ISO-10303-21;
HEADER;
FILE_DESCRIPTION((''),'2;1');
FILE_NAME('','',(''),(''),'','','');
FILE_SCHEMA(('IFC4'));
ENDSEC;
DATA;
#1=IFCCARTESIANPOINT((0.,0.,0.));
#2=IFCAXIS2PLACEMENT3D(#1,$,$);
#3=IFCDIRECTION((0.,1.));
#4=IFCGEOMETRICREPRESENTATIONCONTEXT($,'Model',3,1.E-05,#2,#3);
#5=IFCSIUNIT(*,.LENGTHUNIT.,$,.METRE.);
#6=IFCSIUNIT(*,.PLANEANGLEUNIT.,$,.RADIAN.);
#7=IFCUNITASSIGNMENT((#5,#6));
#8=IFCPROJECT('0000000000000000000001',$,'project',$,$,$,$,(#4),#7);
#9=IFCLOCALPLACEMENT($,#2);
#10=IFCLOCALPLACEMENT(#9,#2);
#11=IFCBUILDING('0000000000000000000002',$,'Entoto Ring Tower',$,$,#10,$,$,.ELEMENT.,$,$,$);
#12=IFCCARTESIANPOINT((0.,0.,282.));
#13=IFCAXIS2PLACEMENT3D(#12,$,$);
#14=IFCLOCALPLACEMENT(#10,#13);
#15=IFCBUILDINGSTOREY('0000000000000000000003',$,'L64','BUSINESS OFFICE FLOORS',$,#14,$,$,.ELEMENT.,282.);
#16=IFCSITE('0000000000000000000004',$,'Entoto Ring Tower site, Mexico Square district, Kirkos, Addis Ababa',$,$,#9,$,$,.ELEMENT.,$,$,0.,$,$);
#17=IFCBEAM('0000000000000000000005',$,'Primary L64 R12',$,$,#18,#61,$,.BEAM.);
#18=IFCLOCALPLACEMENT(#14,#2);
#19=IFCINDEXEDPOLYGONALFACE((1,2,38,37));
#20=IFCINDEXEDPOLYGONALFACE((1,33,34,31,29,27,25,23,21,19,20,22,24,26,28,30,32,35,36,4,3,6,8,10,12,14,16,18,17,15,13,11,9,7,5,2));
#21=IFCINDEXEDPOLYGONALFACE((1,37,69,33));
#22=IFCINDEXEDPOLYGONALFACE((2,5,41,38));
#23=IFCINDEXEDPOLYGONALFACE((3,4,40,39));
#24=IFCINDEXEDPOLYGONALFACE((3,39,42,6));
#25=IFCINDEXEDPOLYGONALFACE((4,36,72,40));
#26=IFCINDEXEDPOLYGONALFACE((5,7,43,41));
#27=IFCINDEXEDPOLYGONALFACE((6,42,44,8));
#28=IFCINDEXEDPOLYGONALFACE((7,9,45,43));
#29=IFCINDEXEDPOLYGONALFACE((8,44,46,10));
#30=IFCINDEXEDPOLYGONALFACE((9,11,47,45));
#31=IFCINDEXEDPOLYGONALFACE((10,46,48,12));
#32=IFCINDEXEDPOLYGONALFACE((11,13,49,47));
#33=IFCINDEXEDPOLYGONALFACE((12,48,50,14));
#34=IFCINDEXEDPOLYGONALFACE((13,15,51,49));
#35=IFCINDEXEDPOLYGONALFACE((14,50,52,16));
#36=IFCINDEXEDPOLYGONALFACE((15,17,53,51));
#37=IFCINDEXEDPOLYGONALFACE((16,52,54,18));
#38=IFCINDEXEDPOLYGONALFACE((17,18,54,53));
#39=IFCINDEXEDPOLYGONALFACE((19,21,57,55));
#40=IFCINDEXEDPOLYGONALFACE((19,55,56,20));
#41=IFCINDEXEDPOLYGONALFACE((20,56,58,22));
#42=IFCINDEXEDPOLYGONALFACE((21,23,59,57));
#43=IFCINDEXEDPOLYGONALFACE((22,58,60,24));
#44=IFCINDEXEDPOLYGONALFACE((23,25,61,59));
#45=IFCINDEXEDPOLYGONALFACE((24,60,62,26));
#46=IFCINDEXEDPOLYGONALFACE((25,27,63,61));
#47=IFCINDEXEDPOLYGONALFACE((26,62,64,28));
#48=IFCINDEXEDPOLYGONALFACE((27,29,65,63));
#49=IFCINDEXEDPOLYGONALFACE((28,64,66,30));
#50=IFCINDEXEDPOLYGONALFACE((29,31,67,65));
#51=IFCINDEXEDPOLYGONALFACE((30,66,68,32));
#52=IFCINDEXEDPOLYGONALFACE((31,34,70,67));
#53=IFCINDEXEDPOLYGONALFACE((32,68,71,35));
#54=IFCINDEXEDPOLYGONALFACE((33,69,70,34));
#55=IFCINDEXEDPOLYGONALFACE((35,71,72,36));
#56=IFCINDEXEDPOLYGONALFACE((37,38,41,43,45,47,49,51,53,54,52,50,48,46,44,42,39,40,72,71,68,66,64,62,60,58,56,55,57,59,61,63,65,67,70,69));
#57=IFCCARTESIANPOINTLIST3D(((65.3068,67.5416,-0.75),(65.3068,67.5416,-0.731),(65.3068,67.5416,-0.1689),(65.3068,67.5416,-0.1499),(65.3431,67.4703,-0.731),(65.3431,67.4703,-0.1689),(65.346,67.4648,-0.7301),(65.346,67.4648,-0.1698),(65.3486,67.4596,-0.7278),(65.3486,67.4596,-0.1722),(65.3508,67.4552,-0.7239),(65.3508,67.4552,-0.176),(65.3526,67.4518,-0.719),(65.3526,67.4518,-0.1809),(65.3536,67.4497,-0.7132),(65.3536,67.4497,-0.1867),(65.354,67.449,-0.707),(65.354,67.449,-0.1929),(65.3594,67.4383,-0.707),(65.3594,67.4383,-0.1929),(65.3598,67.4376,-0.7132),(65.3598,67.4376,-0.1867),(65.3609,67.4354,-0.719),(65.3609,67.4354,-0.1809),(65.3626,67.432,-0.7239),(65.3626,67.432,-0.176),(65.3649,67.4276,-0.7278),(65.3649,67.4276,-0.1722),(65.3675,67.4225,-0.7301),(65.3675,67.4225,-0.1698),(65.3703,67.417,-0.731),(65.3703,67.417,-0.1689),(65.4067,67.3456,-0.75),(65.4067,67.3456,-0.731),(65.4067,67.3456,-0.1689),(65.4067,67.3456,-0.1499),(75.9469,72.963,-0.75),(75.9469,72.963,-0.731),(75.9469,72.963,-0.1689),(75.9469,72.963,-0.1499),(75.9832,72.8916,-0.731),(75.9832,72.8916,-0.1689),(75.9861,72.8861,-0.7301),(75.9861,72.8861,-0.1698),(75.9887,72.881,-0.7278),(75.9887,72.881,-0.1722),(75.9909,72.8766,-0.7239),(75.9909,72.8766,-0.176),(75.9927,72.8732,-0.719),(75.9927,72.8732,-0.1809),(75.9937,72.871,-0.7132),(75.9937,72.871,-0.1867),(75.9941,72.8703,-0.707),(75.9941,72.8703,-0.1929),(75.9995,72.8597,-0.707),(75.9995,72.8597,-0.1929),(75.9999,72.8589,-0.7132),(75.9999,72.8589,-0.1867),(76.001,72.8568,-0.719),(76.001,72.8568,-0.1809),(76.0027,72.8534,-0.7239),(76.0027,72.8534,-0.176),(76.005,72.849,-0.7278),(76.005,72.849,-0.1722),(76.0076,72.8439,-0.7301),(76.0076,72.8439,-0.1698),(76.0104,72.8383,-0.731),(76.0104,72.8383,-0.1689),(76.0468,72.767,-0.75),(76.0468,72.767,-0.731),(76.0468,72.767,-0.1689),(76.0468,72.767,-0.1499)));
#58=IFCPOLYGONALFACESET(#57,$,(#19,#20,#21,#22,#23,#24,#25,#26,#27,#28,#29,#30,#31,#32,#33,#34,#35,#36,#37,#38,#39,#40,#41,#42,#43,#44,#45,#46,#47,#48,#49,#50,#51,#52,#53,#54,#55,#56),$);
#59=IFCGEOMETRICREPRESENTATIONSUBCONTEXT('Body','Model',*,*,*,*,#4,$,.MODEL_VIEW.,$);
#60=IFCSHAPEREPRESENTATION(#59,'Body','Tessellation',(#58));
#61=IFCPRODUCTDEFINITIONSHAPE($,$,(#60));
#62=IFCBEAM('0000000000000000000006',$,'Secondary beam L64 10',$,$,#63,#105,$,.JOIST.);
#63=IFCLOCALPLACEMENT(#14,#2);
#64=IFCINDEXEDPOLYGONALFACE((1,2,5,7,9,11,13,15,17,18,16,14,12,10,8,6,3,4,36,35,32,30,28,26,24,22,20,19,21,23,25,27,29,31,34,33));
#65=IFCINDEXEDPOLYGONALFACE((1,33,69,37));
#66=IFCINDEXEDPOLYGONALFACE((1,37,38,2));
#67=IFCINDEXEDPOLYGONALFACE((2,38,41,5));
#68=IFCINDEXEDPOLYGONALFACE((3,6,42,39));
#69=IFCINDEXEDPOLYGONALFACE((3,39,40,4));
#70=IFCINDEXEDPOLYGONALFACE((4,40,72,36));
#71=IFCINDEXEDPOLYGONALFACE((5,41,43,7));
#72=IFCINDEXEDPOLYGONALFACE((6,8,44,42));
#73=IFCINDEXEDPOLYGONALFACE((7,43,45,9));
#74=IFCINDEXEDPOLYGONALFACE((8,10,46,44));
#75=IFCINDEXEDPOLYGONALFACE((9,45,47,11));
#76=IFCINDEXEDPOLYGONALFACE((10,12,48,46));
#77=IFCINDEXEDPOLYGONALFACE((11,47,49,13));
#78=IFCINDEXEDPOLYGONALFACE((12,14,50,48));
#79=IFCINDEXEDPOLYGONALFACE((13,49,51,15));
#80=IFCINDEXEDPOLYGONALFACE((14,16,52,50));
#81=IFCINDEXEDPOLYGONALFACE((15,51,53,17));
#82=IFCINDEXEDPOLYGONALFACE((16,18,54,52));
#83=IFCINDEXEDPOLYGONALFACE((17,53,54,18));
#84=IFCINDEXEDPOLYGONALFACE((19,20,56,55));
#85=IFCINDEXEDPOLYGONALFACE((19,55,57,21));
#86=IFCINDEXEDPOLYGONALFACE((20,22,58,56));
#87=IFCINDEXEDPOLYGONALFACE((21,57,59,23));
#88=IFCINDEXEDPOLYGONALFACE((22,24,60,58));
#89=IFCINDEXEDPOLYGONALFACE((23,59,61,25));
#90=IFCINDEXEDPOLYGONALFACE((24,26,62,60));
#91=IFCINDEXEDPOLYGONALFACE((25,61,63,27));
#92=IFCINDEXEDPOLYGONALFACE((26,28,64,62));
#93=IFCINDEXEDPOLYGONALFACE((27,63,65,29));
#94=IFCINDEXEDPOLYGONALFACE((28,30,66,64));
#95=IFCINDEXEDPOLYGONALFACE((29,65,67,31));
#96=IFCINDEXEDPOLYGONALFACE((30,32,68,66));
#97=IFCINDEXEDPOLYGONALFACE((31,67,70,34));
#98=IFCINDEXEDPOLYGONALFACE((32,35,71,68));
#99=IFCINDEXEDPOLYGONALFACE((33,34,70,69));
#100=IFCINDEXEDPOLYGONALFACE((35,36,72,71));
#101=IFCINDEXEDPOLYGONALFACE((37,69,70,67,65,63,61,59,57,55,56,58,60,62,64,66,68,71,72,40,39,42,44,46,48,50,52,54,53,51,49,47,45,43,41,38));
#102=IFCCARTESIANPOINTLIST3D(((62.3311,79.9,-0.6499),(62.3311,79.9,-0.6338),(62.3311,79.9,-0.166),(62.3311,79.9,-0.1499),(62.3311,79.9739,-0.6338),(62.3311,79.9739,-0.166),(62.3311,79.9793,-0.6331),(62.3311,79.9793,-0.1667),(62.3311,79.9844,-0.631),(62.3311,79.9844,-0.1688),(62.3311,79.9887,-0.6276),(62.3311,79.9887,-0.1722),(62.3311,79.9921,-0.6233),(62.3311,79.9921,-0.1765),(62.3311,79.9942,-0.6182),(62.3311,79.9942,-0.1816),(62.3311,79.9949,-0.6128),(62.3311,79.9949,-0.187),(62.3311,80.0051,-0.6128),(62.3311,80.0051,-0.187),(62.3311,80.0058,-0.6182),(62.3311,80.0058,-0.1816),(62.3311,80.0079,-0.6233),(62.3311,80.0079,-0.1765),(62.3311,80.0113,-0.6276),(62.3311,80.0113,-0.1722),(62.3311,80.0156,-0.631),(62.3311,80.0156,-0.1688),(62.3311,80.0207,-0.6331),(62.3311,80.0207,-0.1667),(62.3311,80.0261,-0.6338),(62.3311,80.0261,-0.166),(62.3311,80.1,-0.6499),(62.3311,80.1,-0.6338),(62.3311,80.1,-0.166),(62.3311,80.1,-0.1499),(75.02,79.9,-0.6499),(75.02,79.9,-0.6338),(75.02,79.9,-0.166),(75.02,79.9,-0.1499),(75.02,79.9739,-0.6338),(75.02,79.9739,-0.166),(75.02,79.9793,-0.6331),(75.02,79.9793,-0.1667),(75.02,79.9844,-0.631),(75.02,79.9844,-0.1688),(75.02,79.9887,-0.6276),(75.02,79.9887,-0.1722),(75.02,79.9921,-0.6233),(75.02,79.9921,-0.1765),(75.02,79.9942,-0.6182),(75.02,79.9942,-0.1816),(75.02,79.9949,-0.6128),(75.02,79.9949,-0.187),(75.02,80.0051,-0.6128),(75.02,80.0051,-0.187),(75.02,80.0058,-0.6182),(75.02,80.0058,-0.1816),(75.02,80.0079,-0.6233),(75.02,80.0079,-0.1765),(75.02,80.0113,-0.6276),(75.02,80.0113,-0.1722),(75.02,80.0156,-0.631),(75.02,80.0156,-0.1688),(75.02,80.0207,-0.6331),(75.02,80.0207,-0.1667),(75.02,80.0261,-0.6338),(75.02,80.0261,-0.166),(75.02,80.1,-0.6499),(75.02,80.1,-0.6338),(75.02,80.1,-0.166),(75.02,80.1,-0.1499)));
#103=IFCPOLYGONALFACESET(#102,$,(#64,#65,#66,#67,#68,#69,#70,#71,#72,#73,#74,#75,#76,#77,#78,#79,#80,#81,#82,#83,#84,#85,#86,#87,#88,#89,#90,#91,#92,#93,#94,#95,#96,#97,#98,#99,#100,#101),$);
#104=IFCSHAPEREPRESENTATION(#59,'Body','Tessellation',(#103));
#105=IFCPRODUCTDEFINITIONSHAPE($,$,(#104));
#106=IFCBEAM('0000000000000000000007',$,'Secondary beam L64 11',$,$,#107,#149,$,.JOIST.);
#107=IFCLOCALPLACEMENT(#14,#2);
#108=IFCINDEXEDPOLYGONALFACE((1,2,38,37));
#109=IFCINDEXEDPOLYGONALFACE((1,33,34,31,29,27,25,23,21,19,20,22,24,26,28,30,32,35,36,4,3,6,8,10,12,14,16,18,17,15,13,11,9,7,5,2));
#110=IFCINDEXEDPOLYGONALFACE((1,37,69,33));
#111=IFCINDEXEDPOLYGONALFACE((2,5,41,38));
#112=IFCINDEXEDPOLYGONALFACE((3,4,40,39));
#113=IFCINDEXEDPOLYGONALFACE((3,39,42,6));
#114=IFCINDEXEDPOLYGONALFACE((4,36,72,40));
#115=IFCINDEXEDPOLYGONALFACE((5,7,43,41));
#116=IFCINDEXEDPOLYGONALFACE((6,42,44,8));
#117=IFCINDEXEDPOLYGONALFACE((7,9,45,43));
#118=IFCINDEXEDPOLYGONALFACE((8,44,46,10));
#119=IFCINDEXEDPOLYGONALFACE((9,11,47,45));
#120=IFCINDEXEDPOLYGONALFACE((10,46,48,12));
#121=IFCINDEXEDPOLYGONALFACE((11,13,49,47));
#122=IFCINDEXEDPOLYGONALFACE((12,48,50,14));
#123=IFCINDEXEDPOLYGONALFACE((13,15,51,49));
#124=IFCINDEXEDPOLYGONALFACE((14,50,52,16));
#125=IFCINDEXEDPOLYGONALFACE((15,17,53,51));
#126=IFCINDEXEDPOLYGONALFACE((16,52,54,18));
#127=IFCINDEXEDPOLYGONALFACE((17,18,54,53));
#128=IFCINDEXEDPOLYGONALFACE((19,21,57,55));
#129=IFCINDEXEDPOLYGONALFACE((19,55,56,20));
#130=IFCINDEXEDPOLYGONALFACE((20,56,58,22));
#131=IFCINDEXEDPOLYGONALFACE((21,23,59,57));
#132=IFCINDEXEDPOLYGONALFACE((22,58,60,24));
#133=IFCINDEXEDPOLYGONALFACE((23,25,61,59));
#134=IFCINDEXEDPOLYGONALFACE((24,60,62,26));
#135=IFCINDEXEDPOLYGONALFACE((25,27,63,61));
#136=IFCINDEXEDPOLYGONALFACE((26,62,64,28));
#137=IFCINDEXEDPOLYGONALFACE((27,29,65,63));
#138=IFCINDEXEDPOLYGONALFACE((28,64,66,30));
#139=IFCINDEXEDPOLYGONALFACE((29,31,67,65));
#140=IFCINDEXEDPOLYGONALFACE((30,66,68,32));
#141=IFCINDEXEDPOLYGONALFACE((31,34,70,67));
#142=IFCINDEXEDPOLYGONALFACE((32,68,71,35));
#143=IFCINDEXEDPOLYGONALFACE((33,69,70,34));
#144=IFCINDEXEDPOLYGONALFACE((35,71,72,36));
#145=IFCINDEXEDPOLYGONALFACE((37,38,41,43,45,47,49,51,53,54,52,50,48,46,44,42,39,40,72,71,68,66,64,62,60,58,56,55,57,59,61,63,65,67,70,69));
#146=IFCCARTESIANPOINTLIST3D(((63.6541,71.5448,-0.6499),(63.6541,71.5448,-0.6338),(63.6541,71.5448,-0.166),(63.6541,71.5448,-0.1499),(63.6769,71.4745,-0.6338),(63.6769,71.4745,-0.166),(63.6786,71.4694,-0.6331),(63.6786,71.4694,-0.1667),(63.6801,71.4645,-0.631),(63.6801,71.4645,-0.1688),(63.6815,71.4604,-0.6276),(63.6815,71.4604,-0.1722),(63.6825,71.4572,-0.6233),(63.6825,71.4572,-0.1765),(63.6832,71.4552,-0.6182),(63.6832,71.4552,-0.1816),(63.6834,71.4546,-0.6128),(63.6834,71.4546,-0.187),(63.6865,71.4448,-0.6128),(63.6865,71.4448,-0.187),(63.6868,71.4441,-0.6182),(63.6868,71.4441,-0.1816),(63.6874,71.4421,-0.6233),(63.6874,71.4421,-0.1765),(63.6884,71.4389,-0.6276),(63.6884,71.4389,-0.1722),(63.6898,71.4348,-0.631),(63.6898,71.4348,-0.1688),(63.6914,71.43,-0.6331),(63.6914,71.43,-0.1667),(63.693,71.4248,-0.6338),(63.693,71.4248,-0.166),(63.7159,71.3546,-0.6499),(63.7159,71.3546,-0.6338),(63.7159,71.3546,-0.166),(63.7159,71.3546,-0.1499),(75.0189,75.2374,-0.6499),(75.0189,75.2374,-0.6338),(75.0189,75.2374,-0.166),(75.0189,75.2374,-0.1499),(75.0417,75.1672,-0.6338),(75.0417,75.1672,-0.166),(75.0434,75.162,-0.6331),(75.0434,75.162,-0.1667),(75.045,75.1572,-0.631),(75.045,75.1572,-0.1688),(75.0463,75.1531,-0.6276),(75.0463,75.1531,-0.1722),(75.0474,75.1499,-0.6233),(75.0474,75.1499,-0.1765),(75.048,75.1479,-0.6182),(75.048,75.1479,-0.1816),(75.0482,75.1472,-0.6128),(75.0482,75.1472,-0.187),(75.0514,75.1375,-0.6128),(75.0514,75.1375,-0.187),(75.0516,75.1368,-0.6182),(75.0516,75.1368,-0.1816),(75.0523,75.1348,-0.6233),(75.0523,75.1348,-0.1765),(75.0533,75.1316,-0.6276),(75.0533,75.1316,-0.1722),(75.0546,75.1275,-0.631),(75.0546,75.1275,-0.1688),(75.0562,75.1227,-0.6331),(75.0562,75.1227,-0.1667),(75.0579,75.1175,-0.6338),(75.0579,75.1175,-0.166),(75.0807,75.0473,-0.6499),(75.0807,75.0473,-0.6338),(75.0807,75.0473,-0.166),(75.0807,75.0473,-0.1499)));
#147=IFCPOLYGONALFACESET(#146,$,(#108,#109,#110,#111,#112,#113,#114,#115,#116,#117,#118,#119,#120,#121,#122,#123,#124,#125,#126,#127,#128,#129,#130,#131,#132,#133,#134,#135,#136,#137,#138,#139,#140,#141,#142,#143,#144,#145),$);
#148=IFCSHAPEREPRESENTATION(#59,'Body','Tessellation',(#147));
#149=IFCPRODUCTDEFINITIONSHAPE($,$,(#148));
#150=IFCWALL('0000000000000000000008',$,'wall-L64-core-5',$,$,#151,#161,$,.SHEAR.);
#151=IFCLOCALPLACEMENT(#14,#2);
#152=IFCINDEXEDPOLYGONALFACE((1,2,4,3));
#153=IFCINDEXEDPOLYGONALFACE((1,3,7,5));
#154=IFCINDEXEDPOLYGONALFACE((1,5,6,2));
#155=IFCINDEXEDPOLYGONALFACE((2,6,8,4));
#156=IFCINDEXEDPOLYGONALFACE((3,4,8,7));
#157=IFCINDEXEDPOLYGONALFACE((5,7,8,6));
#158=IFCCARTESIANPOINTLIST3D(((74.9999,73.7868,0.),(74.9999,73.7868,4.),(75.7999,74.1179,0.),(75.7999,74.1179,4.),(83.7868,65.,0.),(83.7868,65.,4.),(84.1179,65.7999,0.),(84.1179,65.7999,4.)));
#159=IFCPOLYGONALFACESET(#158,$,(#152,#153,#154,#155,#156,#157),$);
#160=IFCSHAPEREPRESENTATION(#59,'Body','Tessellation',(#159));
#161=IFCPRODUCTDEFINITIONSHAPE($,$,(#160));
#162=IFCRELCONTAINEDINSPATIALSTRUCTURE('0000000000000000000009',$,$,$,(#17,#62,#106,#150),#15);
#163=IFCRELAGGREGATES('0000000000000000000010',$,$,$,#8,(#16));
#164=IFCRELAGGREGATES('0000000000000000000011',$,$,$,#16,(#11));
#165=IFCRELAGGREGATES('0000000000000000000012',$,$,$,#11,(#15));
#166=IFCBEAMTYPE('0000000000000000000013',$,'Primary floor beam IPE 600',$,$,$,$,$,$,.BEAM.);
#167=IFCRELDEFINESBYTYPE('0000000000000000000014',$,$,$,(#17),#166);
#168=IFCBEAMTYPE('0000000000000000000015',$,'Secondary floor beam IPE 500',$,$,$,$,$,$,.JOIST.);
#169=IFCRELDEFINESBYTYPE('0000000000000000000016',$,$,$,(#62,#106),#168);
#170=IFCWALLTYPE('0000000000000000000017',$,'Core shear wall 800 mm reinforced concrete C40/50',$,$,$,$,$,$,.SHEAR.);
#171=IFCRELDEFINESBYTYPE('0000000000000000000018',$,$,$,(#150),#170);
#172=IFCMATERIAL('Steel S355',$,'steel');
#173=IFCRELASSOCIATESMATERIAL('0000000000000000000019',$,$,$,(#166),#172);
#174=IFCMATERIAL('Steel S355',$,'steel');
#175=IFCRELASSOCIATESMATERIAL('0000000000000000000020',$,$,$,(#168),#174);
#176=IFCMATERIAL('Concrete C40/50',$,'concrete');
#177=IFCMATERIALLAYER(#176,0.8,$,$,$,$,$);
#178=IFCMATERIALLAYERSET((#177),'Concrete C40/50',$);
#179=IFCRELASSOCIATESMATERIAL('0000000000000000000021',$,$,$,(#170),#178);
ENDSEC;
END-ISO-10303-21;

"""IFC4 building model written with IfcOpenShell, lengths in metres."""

from ifc_helpers import new_model, si_unit, direction, frame, origin, origin_2d, place, context, subcontext, project, spatial, polyline, i_section, outline, extrude, material, layer, layer_set, material_profile, profile_set, type_object, element, save


model = new_model("IFC4")

# Units and contexts
model_context = context("Model", 3, precision=1e-05, world=origin(), true_north=direction((0.0, 1.0)))
body_context = subcontext(model_context, "Body", "Model", "MODEL_VIEW")
ifc_project = project(units=[si_unit("LENGTHUNIT", "METRE"), si_unit("PLANEANGLEUNIT", "RADIAN")], contexts=[model_context])

# Site, building, storey
site_placement = place(None, origin())
site = spatial("IfcSite", under=ifc_project, at=site_placement, Name="Entoto Ring Tower site, Mexico Square district, Kirkos, Addis Ababa", CompositionType="ELEMENT", RefElevation=0.0)
building_placement = place(site_placement, origin())
building = spatial("IfcBuilding", under=site, at=building_placement, Name="Entoto Ring Tower", CompositionType="ELEMENT")
storey_placement = place(building_placement, frame((0.0, 0.0, 282.0)))
storey = spatial("IfcBuildingStorey", under=building, at=storey_placement, Name="L64", Description="BUSINESS OFFICE FLOORS", CompositionType="ELEMENT", Elevation=282.0)

# Beams
ifc_material_1 = material(Name="Steel S355", Category="steel")
ifc_material_profile_1 = material_profile(ifc_material_1, i_section(OverallWidth=0.22, OverallDepth=0.6001, WebThickness=0.012, FlangeThickness=0.019, FilletRadius=0.0239, at=origin_2d()), Name="IPE 600")
ifc_profile_set_1 = profile_set([ifc_material_profile_1], Name="Steel S355")
beam_type_1 = type_object("IfcBeamType", Name="Primary floor beam IPE 600", PredefinedType="BEAM", material=ifc_profile_set_1)
beam_1_placement = place(storey_placement, frame((75.9968, 72.865, -0.45), z_axis=(-0.891008, -0.453988, 0.0), x_axis=(0.453988, -0.891008, 0.0)))
element("IfcBeam", 1, at=beam_1_placement, inside=storey, type_object=beam_type_1, Name="Primary L64 R12", PredefinedType="BEAM", context=body_context, shape_type="SweptSolid", body=[
    extrude(i_section(OverallWidth=0.22, OverallDepth=0.6001, WebThickness=0.012, FlangeThickness=0.019, FilletRadius=0.0239, at=origin_2d()), origin(), (0.0, 0.0, 1.0), 11.9417),
])
ifc_material_2 = material(Name="Steel S355", Category="steel")
ifc_material_profile_2 = material_profile(ifc_material_2, i_section(OverallWidth=0.2, OverallDepth=0.5, WebThickness=0.0103, FlangeThickness=0.0161, FilletRadius=0.021, at=origin_2d()), Name="IPE 500")
ifc_profile_set_2 = profile_set([ifc_material_profile_2], Name="Steel S355")
beam_type_2 = type_object("IfcBeamType", Name="Secondary floor beam IPE 500", PredefinedType="JOIST", material=ifc_profile_set_2)
beam_2_placement = place(storey_placement, frame((75.02, 80.0, -0.3999), z_axis=(-1.0, 0.0, 0.0), x_axis=(0.0, -1.0, 0.0)))
element("IfcBeam", 2, at=beam_2_placement, inside=storey, type_object=beam_type_2, Name="Secondary beam L64 10", PredefinedType="JOIST", context=body_context, shape_type="SweptSolid", body=[
    extrude(i_section(OverallWidth=0.2, OverallDepth=0.5, WebThickness=0.0103, FlangeThickness=0.0161, FilletRadius=0.021, at=origin_2d()), origin(), (0.0, 0.0, 1.0), 12.689),
])
beam_3_placement = place(storey_placement, frame((75.0498, 75.1423, -0.3999), z_axis=(-0.951057, -0.309017, 0.0), x_axis=(0.309017, -0.951057, 0.0)))
element("IfcBeam", 3, at=beam_3_placement, inside=storey, type_object=beam_type_2, Name="Secondary beam L64 11", PredefinedType="JOIST", context=body_context, shape_type="SweptSolid", body=[
    extrude(i_section(OverallWidth=0.2, OverallDepth=0.5, WebThickness=0.0103, FlangeThickness=0.0161, FilletRadius=0.021, at=origin_2d()), origin(), (0.0, 0.0, 1.0), 11.9497),
])

# Wall
ifc_material_3 = material(Name="Concrete C40/50", Category="concrete")
ifc_layer_1 = layer(ifc_material_3, 0.8)
ifc_layer_set_1 = layer_set([ifc_layer_1], Name="Concrete C40/50")
wall_type_1 = type_object("IfcWallType", Name="Core shear wall 800 mm reinforced concrete C40/50", PredefinedType="SHEAR", material=ifc_layer_set_1)
wall_1_placement = place(storey_placement, frame((75.3999, 73.9524, 0.0), z_axis=(0.0, 0.0, 1.0), x_axis=(0.707107, -0.707107, 0.0)))
element("IfcWall", 4, at=wall_1_placement, inside=storey, type_object=wall_type_1, Name="wall-L64-core-5", PredefinedType="SHEAR", context=body_context, shape_type="SweptSolid", body=[
    extrude(outline(polyline([(-0.1658, -0.3999), (12.2607, -0.3999), (11.9292, 0.3999), (0.1658, 0.3999), (-0.1658, -0.3999)])), origin(), (0.0, 0.0, 1.0), 4.0),
])

save(model, "model.ifc")
